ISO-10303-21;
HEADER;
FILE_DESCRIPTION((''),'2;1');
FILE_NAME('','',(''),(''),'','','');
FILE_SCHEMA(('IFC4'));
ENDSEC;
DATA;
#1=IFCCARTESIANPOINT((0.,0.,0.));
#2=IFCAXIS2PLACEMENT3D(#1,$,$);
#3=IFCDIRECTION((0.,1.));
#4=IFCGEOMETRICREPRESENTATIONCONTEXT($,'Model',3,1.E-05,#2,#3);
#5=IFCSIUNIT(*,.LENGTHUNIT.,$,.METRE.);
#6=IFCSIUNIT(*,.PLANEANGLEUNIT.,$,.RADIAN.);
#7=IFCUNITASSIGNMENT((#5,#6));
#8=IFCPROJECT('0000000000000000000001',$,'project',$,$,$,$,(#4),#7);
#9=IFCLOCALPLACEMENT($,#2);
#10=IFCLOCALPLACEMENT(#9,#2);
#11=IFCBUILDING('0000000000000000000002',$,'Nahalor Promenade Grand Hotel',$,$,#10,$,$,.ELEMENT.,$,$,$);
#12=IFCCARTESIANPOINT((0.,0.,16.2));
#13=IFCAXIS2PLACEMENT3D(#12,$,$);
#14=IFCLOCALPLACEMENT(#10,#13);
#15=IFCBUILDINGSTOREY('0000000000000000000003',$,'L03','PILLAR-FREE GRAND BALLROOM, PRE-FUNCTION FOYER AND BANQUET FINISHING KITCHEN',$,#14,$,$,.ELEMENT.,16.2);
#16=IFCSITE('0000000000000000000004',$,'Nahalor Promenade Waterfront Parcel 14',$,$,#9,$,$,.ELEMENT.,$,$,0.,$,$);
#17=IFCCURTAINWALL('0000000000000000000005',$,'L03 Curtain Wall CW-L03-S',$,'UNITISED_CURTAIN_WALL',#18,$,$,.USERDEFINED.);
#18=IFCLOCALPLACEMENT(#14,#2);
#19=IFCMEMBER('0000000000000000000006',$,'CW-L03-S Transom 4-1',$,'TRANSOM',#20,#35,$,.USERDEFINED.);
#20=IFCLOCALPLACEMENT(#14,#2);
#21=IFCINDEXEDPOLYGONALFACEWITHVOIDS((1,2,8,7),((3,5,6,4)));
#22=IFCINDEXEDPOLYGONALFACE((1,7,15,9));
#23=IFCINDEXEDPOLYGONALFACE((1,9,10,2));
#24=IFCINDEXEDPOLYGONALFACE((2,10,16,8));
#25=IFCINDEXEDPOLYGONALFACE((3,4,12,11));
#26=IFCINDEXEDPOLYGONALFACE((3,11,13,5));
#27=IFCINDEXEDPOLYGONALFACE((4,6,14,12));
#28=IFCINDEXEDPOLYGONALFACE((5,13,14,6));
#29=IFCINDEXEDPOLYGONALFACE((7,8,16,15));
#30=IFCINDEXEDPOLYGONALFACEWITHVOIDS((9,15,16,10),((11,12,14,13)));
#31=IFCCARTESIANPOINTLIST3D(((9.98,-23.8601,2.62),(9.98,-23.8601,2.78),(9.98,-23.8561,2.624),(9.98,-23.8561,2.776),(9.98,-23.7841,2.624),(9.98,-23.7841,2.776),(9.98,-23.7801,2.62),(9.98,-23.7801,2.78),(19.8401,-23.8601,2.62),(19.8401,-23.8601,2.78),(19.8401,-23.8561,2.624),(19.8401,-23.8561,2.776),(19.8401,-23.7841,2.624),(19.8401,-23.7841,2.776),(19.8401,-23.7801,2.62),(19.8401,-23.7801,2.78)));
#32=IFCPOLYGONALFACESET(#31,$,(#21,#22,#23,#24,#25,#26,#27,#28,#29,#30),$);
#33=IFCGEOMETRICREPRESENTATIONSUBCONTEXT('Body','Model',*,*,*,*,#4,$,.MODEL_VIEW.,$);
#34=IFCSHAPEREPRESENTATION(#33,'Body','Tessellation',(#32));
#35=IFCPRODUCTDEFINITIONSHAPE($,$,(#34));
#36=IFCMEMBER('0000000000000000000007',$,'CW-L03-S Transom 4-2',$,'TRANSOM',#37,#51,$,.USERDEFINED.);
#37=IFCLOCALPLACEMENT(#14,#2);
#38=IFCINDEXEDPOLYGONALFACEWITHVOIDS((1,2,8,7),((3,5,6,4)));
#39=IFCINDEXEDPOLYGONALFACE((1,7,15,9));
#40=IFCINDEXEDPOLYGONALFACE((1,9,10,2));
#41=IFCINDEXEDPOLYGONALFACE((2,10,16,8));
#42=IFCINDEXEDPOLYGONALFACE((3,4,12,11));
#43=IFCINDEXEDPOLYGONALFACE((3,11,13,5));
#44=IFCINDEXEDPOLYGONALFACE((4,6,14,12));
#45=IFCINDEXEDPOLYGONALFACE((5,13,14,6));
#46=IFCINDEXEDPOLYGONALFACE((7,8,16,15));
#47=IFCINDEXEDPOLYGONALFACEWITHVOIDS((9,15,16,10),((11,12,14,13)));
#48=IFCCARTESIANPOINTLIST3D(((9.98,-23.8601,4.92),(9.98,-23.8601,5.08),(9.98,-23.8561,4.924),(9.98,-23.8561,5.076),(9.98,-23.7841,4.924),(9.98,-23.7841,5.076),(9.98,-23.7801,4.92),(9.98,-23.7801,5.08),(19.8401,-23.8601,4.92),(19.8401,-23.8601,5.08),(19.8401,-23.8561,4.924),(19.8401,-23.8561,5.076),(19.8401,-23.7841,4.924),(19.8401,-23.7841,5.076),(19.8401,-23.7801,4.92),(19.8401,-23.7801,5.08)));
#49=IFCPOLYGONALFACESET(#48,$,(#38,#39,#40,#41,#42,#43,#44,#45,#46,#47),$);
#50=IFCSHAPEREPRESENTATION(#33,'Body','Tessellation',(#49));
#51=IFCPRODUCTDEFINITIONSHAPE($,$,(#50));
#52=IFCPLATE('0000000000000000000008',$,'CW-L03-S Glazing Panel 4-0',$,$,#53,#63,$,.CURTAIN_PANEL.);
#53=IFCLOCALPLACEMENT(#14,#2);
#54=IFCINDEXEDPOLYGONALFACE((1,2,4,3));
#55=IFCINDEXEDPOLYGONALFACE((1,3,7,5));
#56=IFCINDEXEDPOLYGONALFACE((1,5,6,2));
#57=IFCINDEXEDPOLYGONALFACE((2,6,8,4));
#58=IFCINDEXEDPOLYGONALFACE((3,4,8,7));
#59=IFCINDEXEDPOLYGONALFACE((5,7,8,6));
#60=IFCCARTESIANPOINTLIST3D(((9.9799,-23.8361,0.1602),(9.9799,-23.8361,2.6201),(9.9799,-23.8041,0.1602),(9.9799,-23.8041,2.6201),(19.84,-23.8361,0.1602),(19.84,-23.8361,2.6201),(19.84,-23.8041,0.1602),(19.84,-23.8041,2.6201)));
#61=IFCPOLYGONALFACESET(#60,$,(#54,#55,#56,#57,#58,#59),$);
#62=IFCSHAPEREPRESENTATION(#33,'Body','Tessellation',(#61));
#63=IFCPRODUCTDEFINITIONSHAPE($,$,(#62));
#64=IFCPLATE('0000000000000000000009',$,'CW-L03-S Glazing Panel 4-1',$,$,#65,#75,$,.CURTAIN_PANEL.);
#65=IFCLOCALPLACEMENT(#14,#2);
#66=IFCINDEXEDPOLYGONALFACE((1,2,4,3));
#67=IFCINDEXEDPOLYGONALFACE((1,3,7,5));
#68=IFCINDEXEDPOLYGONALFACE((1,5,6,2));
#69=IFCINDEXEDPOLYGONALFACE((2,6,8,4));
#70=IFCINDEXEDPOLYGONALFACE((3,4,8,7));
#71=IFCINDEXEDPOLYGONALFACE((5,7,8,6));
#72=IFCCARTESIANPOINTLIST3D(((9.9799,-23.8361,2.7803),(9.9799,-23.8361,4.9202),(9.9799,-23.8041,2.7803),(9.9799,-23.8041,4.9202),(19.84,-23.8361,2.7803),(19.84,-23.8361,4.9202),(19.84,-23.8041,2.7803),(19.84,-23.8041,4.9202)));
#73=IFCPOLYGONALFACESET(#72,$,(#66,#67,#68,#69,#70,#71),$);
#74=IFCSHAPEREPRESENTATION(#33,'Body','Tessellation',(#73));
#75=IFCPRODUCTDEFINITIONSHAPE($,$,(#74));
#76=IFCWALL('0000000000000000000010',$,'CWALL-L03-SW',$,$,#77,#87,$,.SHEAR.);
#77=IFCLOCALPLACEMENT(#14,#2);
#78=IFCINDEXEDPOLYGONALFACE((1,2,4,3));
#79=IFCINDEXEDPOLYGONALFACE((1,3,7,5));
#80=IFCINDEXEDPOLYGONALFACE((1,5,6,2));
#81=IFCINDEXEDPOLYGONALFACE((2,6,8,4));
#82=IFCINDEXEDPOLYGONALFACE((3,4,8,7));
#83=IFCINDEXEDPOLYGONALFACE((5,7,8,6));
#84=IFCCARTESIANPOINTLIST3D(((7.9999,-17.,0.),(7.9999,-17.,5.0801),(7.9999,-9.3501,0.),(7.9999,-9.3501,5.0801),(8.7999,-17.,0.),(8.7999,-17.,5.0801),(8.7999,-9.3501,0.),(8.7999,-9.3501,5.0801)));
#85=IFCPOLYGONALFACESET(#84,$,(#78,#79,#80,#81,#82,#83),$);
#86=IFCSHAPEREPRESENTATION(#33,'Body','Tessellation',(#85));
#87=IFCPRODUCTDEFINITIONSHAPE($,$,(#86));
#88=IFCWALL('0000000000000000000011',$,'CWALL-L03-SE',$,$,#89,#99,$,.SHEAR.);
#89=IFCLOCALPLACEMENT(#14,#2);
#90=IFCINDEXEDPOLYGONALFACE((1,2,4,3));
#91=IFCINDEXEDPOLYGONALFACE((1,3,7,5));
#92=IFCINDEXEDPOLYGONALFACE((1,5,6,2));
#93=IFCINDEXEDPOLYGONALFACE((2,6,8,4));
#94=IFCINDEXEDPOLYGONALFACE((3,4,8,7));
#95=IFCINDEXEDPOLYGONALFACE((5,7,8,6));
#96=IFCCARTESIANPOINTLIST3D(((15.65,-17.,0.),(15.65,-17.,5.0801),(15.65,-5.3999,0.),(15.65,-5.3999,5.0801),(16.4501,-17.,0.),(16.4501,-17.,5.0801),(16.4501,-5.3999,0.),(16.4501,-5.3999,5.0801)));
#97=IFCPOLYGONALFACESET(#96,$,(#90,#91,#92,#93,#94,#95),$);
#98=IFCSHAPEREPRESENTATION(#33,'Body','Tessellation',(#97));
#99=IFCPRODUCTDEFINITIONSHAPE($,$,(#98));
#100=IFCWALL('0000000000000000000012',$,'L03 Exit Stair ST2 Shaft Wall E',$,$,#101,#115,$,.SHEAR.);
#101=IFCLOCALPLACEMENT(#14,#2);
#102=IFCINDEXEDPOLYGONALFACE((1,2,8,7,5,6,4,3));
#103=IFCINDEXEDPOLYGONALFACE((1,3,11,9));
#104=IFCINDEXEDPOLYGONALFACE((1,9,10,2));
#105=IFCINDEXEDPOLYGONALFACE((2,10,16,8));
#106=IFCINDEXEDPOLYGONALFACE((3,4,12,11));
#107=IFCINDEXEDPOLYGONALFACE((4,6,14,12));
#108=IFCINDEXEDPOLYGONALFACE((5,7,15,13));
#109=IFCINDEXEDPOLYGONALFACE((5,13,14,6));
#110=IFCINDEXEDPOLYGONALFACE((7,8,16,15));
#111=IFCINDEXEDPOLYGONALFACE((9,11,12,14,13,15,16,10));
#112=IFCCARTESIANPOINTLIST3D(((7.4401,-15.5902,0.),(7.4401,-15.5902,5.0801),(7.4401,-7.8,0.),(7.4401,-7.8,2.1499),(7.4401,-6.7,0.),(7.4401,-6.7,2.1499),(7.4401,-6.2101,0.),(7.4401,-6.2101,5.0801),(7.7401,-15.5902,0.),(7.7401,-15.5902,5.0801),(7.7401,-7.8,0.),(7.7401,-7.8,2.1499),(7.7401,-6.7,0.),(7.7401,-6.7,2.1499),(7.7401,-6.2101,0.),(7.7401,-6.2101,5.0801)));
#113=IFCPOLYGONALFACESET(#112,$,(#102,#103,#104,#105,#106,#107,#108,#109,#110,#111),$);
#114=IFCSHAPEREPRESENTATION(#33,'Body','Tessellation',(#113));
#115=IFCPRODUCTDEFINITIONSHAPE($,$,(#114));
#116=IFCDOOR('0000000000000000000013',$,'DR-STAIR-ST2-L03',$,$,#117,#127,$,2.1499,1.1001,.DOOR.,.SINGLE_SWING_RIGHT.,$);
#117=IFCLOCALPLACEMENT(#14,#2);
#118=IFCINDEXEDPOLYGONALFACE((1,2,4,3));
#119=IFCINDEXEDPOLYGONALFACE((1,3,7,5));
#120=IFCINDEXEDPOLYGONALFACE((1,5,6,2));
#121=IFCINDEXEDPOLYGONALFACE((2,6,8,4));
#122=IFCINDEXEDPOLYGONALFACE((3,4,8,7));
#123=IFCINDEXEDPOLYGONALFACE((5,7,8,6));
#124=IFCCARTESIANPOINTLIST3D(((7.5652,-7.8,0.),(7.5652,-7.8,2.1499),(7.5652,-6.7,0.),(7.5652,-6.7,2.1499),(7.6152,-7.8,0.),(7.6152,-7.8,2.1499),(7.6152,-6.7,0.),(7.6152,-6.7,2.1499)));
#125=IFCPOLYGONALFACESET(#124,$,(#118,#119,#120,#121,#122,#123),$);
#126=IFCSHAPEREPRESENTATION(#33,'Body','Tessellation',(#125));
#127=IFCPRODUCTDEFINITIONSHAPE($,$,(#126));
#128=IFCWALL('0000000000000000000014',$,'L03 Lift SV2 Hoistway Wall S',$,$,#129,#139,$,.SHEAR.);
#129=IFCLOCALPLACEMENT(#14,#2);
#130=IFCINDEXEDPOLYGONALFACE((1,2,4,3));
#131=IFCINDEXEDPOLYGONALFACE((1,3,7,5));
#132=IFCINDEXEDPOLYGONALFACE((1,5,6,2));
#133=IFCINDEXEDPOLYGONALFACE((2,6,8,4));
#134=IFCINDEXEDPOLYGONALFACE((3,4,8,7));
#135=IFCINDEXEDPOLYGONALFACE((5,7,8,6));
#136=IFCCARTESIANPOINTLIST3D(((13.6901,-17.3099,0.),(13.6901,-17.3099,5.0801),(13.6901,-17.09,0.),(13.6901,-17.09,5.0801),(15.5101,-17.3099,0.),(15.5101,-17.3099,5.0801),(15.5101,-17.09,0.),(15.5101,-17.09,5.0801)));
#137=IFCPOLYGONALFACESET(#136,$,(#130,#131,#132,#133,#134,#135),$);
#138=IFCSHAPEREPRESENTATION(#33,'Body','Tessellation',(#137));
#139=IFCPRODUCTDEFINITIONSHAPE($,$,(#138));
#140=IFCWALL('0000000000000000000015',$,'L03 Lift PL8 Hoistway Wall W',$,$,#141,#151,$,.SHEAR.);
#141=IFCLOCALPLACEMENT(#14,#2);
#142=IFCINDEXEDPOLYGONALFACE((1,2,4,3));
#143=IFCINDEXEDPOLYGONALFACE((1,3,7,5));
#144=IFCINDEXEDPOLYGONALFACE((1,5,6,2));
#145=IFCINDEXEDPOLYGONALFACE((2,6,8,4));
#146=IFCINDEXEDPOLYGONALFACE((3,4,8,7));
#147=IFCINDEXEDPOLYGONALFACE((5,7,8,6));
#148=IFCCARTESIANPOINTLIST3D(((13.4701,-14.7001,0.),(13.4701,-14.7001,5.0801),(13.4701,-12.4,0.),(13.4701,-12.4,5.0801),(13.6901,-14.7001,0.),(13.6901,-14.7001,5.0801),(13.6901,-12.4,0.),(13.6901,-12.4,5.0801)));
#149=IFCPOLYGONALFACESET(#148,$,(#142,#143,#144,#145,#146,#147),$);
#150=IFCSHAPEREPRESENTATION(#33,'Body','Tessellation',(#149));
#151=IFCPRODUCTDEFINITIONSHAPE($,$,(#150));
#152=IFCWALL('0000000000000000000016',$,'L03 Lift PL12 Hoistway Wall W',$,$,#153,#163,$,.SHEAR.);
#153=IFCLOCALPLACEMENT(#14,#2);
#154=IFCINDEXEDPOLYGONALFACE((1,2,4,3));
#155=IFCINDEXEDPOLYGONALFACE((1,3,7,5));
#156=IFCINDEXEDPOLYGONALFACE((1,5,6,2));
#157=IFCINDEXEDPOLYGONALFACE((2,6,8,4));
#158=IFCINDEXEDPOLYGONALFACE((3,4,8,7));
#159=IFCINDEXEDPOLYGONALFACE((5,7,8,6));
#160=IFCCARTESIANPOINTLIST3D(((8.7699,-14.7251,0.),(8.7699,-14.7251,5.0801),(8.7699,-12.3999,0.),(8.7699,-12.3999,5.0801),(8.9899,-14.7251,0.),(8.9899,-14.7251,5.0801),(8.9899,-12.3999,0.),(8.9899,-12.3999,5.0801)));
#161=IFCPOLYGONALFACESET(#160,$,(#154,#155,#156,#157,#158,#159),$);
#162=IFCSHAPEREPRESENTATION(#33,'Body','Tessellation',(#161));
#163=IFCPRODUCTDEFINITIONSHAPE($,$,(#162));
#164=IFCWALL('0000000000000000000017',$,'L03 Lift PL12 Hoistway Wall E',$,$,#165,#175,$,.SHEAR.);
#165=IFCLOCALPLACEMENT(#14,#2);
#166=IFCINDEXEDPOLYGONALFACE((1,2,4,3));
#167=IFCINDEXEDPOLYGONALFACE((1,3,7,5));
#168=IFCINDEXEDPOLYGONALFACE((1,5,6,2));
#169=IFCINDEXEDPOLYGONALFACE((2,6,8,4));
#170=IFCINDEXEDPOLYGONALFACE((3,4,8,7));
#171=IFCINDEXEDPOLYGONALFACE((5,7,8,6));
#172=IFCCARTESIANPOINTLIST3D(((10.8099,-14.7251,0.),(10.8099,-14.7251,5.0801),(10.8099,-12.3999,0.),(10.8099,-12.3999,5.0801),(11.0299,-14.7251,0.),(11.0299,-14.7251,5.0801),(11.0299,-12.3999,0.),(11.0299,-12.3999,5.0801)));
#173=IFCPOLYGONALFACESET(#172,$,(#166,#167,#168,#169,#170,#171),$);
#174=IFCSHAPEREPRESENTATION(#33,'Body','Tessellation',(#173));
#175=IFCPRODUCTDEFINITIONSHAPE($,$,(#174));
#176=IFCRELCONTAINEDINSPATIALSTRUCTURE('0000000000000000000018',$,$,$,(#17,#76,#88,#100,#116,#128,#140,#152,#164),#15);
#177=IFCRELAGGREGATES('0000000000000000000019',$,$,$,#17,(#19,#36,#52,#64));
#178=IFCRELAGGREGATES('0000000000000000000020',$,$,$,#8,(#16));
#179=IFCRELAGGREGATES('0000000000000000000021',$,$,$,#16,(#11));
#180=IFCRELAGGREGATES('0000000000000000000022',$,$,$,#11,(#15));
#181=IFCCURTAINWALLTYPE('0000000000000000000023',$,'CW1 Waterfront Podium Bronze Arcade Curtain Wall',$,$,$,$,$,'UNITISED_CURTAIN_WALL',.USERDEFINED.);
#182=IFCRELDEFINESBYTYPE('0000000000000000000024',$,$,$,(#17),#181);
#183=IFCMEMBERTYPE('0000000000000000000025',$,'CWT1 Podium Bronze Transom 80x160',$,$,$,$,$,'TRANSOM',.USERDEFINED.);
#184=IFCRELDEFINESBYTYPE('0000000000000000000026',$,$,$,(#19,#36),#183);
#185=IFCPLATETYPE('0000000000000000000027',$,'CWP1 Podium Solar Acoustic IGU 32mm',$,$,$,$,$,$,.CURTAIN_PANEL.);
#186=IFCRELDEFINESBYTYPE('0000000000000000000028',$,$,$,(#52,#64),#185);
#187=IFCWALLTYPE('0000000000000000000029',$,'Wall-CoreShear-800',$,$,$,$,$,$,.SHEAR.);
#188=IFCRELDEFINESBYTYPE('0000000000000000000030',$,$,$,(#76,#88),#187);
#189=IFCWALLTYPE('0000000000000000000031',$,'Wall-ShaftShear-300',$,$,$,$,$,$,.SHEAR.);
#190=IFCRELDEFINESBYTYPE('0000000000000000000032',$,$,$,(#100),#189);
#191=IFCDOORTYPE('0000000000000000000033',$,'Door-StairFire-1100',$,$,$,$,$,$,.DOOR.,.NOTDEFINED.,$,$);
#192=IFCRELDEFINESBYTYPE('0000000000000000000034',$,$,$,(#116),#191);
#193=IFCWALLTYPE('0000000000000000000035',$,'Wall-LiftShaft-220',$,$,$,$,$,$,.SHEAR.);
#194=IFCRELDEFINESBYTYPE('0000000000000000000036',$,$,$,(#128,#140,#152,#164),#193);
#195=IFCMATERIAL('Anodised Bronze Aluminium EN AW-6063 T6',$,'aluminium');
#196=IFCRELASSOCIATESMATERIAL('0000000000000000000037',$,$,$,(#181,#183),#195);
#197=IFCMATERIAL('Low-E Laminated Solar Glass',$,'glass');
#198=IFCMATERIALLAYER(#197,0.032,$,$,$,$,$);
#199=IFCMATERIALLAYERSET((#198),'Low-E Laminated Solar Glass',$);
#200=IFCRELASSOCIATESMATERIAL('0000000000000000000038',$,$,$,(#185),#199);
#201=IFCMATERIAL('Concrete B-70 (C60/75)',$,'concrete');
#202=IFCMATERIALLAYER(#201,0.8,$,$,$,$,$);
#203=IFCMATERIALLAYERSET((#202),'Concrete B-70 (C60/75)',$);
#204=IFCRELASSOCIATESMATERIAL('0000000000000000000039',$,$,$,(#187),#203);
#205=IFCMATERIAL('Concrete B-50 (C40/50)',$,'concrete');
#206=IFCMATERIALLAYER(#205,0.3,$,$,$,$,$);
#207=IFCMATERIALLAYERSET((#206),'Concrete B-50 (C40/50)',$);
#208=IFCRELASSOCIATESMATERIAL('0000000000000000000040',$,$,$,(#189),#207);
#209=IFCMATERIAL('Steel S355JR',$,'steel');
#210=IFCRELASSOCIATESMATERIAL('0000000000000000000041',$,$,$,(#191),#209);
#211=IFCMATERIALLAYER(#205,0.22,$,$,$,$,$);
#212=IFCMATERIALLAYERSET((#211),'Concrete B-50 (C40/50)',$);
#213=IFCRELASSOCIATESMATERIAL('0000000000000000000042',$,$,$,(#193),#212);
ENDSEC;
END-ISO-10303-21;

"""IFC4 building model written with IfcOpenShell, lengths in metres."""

from ifc_helpers import new_model, si_unit, direction, frame, frame_2d, origin, origin_2d, place, context, subcontext, project, spatial, rectangle, hollow_rectangle, extrude, source, transform, mapped, material, layer, layer_set, material_profile, profile_set, type_object, element, fill, aggregate, save


model = new_model("IFC4")

# Units and contexts
model_context = context("Model", 3, precision=1e-05, world=origin(), true_north=direction((0.0, 1.0)))
body_context = subcontext(model_context, "Body", "Model", "MODEL_VIEW")
ifc_project = project(units=[si_unit("LENGTHUNIT", "METRE"), si_unit("PLANEANGLEUNIT", "RADIAN")], contexts=[model_context])

# Site, building, storey
site_placement = place(None, origin())
site = spatial("IfcSite", under=ifc_project, at=site_placement, Name="Nahalor Promenade Waterfront Parcel 14", CompositionType="ELEMENT", RefElevation=0.0)
building_placement = place(site_placement, origin())
building = spatial("IfcBuilding", under=site, at=building_placement, Name="Nahalor Promenade Grand Hotel", CompositionType="ELEMENT")
storey_placement = place(building_placement, frame((0.0, 0.0, 16.2)))
storey = spatial("IfcBuildingStorey", under=building, at=storey_placement, Name="L03", Description="PILLAR-FREE GRAND BALLROOM, PRE-FUNCTION FOYER AND BANQUET FINISHING KITCHEN", CompositionType="ELEMENT", Elevation=16.2)

# Shared definitions
ifc_material_1 = material(Name="Concrete B-70 (C60/75)", Category="concrete")

# Shared definitions
ifc_material_2 = material(Name="Steel S355JR", Category="steel")

# Curtain wall, members, plates
ifc_material_3 = material(Name="Anodised Bronze Aluminium EN AW-6063 T6", Category="aluminium")
curtain_wall_type = type_object("IfcCurtainWallType", Name="CW1 Waterfront Podium Bronze Arcade Curtain Wall", ElementType="UNITISED_CURTAIN_WALL", PredefinedType="USERDEFINED", material=ifc_material_3)
curtain_wall_placement = place(storey_placement, origin())
curtain_wall = element("IfcCurtainWall", 1, at=curtain_wall_placement, inside=storey, type_object=curtain_wall_type, Name="L03 Curtain Wall CW-L03-S", ObjectType="UNITISED_CURTAIN_WALL", PredefinedType="USERDEFINED")
ifc_material_profile_1 = material_profile(ifc_material_3, hollow_rectangle(XDim=0.08, YDim=0.16, WallThickness=0.004, at=origin_2d()), Name="CWT 80x160x4")
ifc_profile_set_1 = profile_set([ifc_material_profile_1], Name="Anodised Bronze Aluminium EN AW-6063 T6")
member_type_1 = type_object("IfcMemberType", Name="CWT1 Podium Bronze Transom 80x160", ElementType="TRANSOM", PredefinedType="USERDEFINED", material=ifc_profile_set_1)
shared_shape_1 = source(origin(), body_context, "Body", "SweptSolid", [
    extrude(hollow_rectangle(XDim=0.08, YDim=0.16, WallThickness=0.004, at=origin_2d()), origin(), (0.0, 0.0, 1.0), 9.8601),
])
member_1_placement = place(storey_placement, frame((9.98, -23.8201, 2.7), z_axis=(1.0, 0.0, 0.0), x_axis=(0.0, 1.0, 0.0)))
member_1 = element("IfcMember", 2, at=member_1_placement, type_object=member_type_1, Name="CW-L03-S Transom 4-1", ObjectType="TRANSOM", PredefinedType="USERDEFINED", context=body_context, shape_type="MappedRepresentation", body=[
    mapped(shared_shape_1, transform((0.0, 0.0, 0.0), scale=1.0)),
])
member_2_placement = place(storey_placement, frame((9.98, -23.8201, 5.0), z_axis=(1.0, 0.0, 0.0), x_axis=(0.0, 1.0, 0.0)))
member_2 = element("IfcMember", 3, at=member_2_placement, type_object=member_type_1, Name="CW-L03-S Transom 4-2", ObjectType="TRANSOM", PredefinedType="USERDEFINED", context=body_context, shape_type="MappedRepresentation", body=[
    mapped(shared_shape_1, transform((0.0, 0.0, 0.0), scale=1.0)),
])
ifc_material_4 = material(Name="Low-E Laminated Solar Glass", Category="glass")
ifc_layer_1 = layer(ifc_material_4, 0.032)
ifc_layer_set_1 = layer_set([ifc_layer_1], Name="Low-E Laminated Solar Glass")
plate_type = type_object("IfcPlateType", Name="CWP1 Podium Solar Acoustic IGU 32mm", PredefinedType="CURTAIN_PANEL", material=ifc_layer_set_1)
shared_shape_2 = source(origin(), body_context, "Body", "SweptSolid", [
    extrude(rectangle(XDim=9.8601, YDim=0.032, at=origin_2d()), origin(), (0.0, 0.0, 1.0), 2.46),
])
plate_1_placement = place(storey_placement, frame((14.9099, -23.8201, 0.1602), z_axis=(0.0, 0.0, 1.0), x_axis=(1.0, 0.0, 0.0)))
plate_1 = element("IfcPlate", 4, at=plate_1_placement, type_object=plate_type, Name="CW-L03-S Glazing Panel 4-0", PredefinedType="CURTAIN_PANEL", context=body_context, shape_type="MappedRepresentation", body=[
    mapped(shared_shape_2, transform((0.0, 0.0, 0.0), scale=1.0)),
])
shared_shape_3 = source(origin(), body_context, "Body", "SweptSolid", [
    extrude(rectangle(XDim=9.8601, YDim=0.032, at=origin_2d()), origin(), (0.0, 0.0, 1.0), 2.1399),
])
plate_2_placement = place(storey_placement, frame((14.9099, -23.8201, 2.7803), z_axis=(0.0, 0.0, 1.0), x_axis=(1.0, 0.0, 0.0)))
plate_2 = element("IfcPlate", 5, at=plate_2_placement, type_object=plate_type, Name="CW-L03-S Glazing Panel 4-1", PredefinedType="CURTAIN_PANEL", context=body_context, shape_type="MappedRepresentation", body=[
    mapped(shared_shape_3, transform((0.0, 0.0, 0.0), scale=1.0)),
])
aggregate(curtain_wall, [member_1, member_2, plate_1, plate_2])

# Walls
ifc_layer_2 = layer(ifc_material_1, 0.8)
ifc_layer_set_2 = layer_set([ifc_layer_2], Name="Concrete B-70 (C60/75)")
wall_type_1 = type_object("IfcWallType", Name="Wall-CoreShear-800", PredefinedType="SHEAR", material=ifc_layer_set_2)
shared_shape_4 = source(origin(), body_context, "Body", "SweptSolid", [
    extrude(rectangle(XDim=7.6499, YDim=0.8, at=frame_2d((3.825, 0.0))), origin(), (0.0, 0.0, 1.0), 5.0801),
])
wall_1_placement = place(storey_placement, frame((8.3999, -17.0, 0.0), z_axis=(0.0, 0.0, 1.0), x_axis=(0.0, 1.0, 0.0)))
element("IfcWall", 6, at=wall_1_placement, inside=storey, type_object=wall_type_1, Name="CWALL-L03-SW", PredefinedType="SHEAR", context=body_context, shape_type="MappedRepresentation", body=[
    mapped(shared_shape_4, transform((0.0, 0.0, 0.0), scale=1.0)),
])
shared_shape_5 = source(origin(), body_context, "Body", "SweptSolid", [
    extrude(rectangle(XDim=11.6001, YDim=0.8, at=frame_2d((5.8, 0.0))), origin(), (0.0, 0.0, 1.0), 5.0801),
])
wall_2_placement = place(storey_placement, frame((16.05, -17.0, 0.0), z_axis=(0.0, 0.0, 1.0), x_axis=(0.0, 1.0, 0.0)))
element("IfcWall", 7, at=wall_2_placement, inside=storey, type_object=wall_type_1, Name="CWALL-L03-SE", PredefinedType="SHEAR", context=body_context, shape_type="MappedRepresentation", body=[
    mapped(shared_shape_5, transform((0.0, 0.0, 0.0), scale=1.0)),
])

# Wall, opening, door
ifc_material_5 = material(Name="Concrete B-50 (C40/50)", Category="concrete")
ifc_layer_3 = layer(ifc_material_5, 0.3)
ifc_layer_set_3 = layer_set([ifc_layer_3], Name="Concrete B-50 (C40/50)")
wall_type_2 = type_object("IfcWallType", Name="Wall-ShaftShear-300", PredefinedType="SHEAR", material=ifc_layer_set_3)
shared_shape_6 = source(origin(), body_context, "Body", "SweptSolid", [
    extrude(rectangle(XDim=9.3801, YDim=0.3, at=frame_2d((4.6899, 0.0))), origin(), (0.0, 0.0, 1.0), 5.0801),
])
wall_3_placement = place(storey_placement, frame((7.5901, -15.5901, 0.0), z_axis=(0.0, 0.0, 1.0), x_axis=(0.0, 1.0, 0.0)))
wall_3 = element("IfcWall", 8, at=wall_3_placement, inside=storey, type_object=wall_type_2, Name="L03 Exit Stair ST2 Shaft Wall E", PredefinedType="SHEAR", context=body_context, shape_type="MappedRepresentation", body=[
    mapped(shared_shape_6, transform((0.0, 0.0, 0.0), scale=1.0)),
])
opening_1_placement = place(wall_3_placement, frame((7.79, 0.0, 0.0)))
opening_1 = element("IfcOpeningElement", 9, at=opening_1_placement, cuts=wall_3, PredefinedType="OPENING", context=body_context, shape_type="SweptSolid", body=[
    extrude(rectangle(XDim=1.1001, YDim=2.1499, at=frame_2d((0.55, 1.075))), frame((0.0, 0.1599, 0.0), z_axis=(0.0, -1.0, 0.0), x_axis=(1.0, 0.0, 0.0)), (0.0, 0.0, 1.0), 0.3201),
])
door_type_1 = type_object("IfcDoorType", Name="Door-StairFire-1100", OperationType="NOTDEFINED", PredefinedType="DOOR", material=ifc_material_2)
shared_shape_7 = source(origin(), body_context, "Body", "SweptSolid", [
    extrude(rectangle(XDim=1.1001, YDim=2.1499, at=frame_2d((0.55, 1.075))), frame((0.0, 0.0249, 0.0), z_axis=(0.0, -1.0, 0.0), x_axis=(1.0, 0.0, 0.0)), (0.0, 0.0, 1.0), 0.05),
])
door_1_placement = place(opening_1_placement, origin())
door_1 = element("IfcDoor", 10, at=door_1_placement, inside=storey, type_object=door_type_1, Name="DR-STAIR-ST2-L03", OperationType="SINGLE_SWING_RIGHT", OverallHeight=2.1499, OverallWidth=1.1001, PredefinedType="DOOR", context=body_context, shape_type="MappedRepresentation", body=[
    mapped(shared_shape_7, transform((0.0, 0.0, 0.0), scale=1.0)),
])
fill(opening_1, door_1)

# Walls
ifc_layer_4 = layer(ifc_material_5, 0.22)
ifc_layer_set_4 = layer_set([ifc_layer_4], Name="Concrete B-50 (C40/50)")
wall_type_3 = type_object("IfcWallType", Name="Wall-LiftShaft-220", PredefinedType="SHEAR", material=ifc_layer_set_4)
shared_shape_8 = source(origin(), body_context, "Body", "SweptSolid", [
    extrude(rectangle(XDim=1.8201, YDim=0.22, at=frame_2d((0.9102, 0.0))), origin(), (0.0, 0.0, 1.0), 5.0801),
])
wall_4_placement = place(storey_placement, frame((13.6899, -17.2, 0.0), z_axis=(0.0, 0.0, 1.0), x_axis=(1.0, 0.0, 0.0)))
element("IfcWall", 11, at=wall_4_placement, inside=storey, type_object=wall_type_3, Name="L03 Lift SV2 Hoistway Wall S", PredefinedType="SHEAR", context=body_context, shape_type="MappedRepresentation", body=[
    mapped(shared_shape_8, transform((0.0, 0.0, 0.0), scale=1.0)),
])
shared_shape_9 = source(origin(), body_context, "Body", "SweptSolid", [
    extrude(rectangle(XDim=2.3, YDim=0.22, at=frame_2d((1.1499, 0.0))), origin(), (0.0, 0.0, 1.0), 5.0801),
])
wall_5_placement = place(storey_placement, frame((13.5801, -14.7, 0.0), z_axis=(0.0, 0.0, 1.0), x_axis=(0.0, 1.0, 0.0)))
element("IfcWall", 12, at=wall_5_placement, inside=storey, type_object=wall_type_3, Name="L03 Lift PL8 Hoistway Wall W", PredefinedType="SHEAR", context=body_context, shape_type="MappedRepresentation", body=[
    mapped(shared_shape_9, transform((0.0, 0.0, 0.0), scale=1.0)),
])
shared_shape_10 = source(origin(), body_context, "Body", "SweptSolid", [
    extrude(rectangle(XDim=2.3252, YDim=0.22, at=frame_2d((1.1626, 0.0))), origin(), (0.0, 0.0, 1.0), 5.0801),
])
for number, where, z_axis, x_axis, name in (
    (13, (8.8799, -14.7251, 0.0), (0.0, 0.0, 1.0), (0.0, 1.0, 0.0), "L03 Lift PL12 Hoistway Wall W"),
    (14, (10.9199, -14.7251, 0.0), (0.0, 0.0, 1.0), (0.0, 1.0, 0.0), "L03 Lift PL12 Hoistway Wall E"),
):
    element("IfcWall", number, at=place(storey_placement, frame(where, z_axis=z_axis, x_axis=x_axis)), inside=storey, type_object=wall_type_3, Name=name, PredefinedType="SHEAR", context=body_context, shape_type="MappedRepresentation", body=[
        mapped(shared_shape_10, transform((0.0, 0.0, 0.0), scale=1.0)),
    ])

save(model, "model.ifc")
